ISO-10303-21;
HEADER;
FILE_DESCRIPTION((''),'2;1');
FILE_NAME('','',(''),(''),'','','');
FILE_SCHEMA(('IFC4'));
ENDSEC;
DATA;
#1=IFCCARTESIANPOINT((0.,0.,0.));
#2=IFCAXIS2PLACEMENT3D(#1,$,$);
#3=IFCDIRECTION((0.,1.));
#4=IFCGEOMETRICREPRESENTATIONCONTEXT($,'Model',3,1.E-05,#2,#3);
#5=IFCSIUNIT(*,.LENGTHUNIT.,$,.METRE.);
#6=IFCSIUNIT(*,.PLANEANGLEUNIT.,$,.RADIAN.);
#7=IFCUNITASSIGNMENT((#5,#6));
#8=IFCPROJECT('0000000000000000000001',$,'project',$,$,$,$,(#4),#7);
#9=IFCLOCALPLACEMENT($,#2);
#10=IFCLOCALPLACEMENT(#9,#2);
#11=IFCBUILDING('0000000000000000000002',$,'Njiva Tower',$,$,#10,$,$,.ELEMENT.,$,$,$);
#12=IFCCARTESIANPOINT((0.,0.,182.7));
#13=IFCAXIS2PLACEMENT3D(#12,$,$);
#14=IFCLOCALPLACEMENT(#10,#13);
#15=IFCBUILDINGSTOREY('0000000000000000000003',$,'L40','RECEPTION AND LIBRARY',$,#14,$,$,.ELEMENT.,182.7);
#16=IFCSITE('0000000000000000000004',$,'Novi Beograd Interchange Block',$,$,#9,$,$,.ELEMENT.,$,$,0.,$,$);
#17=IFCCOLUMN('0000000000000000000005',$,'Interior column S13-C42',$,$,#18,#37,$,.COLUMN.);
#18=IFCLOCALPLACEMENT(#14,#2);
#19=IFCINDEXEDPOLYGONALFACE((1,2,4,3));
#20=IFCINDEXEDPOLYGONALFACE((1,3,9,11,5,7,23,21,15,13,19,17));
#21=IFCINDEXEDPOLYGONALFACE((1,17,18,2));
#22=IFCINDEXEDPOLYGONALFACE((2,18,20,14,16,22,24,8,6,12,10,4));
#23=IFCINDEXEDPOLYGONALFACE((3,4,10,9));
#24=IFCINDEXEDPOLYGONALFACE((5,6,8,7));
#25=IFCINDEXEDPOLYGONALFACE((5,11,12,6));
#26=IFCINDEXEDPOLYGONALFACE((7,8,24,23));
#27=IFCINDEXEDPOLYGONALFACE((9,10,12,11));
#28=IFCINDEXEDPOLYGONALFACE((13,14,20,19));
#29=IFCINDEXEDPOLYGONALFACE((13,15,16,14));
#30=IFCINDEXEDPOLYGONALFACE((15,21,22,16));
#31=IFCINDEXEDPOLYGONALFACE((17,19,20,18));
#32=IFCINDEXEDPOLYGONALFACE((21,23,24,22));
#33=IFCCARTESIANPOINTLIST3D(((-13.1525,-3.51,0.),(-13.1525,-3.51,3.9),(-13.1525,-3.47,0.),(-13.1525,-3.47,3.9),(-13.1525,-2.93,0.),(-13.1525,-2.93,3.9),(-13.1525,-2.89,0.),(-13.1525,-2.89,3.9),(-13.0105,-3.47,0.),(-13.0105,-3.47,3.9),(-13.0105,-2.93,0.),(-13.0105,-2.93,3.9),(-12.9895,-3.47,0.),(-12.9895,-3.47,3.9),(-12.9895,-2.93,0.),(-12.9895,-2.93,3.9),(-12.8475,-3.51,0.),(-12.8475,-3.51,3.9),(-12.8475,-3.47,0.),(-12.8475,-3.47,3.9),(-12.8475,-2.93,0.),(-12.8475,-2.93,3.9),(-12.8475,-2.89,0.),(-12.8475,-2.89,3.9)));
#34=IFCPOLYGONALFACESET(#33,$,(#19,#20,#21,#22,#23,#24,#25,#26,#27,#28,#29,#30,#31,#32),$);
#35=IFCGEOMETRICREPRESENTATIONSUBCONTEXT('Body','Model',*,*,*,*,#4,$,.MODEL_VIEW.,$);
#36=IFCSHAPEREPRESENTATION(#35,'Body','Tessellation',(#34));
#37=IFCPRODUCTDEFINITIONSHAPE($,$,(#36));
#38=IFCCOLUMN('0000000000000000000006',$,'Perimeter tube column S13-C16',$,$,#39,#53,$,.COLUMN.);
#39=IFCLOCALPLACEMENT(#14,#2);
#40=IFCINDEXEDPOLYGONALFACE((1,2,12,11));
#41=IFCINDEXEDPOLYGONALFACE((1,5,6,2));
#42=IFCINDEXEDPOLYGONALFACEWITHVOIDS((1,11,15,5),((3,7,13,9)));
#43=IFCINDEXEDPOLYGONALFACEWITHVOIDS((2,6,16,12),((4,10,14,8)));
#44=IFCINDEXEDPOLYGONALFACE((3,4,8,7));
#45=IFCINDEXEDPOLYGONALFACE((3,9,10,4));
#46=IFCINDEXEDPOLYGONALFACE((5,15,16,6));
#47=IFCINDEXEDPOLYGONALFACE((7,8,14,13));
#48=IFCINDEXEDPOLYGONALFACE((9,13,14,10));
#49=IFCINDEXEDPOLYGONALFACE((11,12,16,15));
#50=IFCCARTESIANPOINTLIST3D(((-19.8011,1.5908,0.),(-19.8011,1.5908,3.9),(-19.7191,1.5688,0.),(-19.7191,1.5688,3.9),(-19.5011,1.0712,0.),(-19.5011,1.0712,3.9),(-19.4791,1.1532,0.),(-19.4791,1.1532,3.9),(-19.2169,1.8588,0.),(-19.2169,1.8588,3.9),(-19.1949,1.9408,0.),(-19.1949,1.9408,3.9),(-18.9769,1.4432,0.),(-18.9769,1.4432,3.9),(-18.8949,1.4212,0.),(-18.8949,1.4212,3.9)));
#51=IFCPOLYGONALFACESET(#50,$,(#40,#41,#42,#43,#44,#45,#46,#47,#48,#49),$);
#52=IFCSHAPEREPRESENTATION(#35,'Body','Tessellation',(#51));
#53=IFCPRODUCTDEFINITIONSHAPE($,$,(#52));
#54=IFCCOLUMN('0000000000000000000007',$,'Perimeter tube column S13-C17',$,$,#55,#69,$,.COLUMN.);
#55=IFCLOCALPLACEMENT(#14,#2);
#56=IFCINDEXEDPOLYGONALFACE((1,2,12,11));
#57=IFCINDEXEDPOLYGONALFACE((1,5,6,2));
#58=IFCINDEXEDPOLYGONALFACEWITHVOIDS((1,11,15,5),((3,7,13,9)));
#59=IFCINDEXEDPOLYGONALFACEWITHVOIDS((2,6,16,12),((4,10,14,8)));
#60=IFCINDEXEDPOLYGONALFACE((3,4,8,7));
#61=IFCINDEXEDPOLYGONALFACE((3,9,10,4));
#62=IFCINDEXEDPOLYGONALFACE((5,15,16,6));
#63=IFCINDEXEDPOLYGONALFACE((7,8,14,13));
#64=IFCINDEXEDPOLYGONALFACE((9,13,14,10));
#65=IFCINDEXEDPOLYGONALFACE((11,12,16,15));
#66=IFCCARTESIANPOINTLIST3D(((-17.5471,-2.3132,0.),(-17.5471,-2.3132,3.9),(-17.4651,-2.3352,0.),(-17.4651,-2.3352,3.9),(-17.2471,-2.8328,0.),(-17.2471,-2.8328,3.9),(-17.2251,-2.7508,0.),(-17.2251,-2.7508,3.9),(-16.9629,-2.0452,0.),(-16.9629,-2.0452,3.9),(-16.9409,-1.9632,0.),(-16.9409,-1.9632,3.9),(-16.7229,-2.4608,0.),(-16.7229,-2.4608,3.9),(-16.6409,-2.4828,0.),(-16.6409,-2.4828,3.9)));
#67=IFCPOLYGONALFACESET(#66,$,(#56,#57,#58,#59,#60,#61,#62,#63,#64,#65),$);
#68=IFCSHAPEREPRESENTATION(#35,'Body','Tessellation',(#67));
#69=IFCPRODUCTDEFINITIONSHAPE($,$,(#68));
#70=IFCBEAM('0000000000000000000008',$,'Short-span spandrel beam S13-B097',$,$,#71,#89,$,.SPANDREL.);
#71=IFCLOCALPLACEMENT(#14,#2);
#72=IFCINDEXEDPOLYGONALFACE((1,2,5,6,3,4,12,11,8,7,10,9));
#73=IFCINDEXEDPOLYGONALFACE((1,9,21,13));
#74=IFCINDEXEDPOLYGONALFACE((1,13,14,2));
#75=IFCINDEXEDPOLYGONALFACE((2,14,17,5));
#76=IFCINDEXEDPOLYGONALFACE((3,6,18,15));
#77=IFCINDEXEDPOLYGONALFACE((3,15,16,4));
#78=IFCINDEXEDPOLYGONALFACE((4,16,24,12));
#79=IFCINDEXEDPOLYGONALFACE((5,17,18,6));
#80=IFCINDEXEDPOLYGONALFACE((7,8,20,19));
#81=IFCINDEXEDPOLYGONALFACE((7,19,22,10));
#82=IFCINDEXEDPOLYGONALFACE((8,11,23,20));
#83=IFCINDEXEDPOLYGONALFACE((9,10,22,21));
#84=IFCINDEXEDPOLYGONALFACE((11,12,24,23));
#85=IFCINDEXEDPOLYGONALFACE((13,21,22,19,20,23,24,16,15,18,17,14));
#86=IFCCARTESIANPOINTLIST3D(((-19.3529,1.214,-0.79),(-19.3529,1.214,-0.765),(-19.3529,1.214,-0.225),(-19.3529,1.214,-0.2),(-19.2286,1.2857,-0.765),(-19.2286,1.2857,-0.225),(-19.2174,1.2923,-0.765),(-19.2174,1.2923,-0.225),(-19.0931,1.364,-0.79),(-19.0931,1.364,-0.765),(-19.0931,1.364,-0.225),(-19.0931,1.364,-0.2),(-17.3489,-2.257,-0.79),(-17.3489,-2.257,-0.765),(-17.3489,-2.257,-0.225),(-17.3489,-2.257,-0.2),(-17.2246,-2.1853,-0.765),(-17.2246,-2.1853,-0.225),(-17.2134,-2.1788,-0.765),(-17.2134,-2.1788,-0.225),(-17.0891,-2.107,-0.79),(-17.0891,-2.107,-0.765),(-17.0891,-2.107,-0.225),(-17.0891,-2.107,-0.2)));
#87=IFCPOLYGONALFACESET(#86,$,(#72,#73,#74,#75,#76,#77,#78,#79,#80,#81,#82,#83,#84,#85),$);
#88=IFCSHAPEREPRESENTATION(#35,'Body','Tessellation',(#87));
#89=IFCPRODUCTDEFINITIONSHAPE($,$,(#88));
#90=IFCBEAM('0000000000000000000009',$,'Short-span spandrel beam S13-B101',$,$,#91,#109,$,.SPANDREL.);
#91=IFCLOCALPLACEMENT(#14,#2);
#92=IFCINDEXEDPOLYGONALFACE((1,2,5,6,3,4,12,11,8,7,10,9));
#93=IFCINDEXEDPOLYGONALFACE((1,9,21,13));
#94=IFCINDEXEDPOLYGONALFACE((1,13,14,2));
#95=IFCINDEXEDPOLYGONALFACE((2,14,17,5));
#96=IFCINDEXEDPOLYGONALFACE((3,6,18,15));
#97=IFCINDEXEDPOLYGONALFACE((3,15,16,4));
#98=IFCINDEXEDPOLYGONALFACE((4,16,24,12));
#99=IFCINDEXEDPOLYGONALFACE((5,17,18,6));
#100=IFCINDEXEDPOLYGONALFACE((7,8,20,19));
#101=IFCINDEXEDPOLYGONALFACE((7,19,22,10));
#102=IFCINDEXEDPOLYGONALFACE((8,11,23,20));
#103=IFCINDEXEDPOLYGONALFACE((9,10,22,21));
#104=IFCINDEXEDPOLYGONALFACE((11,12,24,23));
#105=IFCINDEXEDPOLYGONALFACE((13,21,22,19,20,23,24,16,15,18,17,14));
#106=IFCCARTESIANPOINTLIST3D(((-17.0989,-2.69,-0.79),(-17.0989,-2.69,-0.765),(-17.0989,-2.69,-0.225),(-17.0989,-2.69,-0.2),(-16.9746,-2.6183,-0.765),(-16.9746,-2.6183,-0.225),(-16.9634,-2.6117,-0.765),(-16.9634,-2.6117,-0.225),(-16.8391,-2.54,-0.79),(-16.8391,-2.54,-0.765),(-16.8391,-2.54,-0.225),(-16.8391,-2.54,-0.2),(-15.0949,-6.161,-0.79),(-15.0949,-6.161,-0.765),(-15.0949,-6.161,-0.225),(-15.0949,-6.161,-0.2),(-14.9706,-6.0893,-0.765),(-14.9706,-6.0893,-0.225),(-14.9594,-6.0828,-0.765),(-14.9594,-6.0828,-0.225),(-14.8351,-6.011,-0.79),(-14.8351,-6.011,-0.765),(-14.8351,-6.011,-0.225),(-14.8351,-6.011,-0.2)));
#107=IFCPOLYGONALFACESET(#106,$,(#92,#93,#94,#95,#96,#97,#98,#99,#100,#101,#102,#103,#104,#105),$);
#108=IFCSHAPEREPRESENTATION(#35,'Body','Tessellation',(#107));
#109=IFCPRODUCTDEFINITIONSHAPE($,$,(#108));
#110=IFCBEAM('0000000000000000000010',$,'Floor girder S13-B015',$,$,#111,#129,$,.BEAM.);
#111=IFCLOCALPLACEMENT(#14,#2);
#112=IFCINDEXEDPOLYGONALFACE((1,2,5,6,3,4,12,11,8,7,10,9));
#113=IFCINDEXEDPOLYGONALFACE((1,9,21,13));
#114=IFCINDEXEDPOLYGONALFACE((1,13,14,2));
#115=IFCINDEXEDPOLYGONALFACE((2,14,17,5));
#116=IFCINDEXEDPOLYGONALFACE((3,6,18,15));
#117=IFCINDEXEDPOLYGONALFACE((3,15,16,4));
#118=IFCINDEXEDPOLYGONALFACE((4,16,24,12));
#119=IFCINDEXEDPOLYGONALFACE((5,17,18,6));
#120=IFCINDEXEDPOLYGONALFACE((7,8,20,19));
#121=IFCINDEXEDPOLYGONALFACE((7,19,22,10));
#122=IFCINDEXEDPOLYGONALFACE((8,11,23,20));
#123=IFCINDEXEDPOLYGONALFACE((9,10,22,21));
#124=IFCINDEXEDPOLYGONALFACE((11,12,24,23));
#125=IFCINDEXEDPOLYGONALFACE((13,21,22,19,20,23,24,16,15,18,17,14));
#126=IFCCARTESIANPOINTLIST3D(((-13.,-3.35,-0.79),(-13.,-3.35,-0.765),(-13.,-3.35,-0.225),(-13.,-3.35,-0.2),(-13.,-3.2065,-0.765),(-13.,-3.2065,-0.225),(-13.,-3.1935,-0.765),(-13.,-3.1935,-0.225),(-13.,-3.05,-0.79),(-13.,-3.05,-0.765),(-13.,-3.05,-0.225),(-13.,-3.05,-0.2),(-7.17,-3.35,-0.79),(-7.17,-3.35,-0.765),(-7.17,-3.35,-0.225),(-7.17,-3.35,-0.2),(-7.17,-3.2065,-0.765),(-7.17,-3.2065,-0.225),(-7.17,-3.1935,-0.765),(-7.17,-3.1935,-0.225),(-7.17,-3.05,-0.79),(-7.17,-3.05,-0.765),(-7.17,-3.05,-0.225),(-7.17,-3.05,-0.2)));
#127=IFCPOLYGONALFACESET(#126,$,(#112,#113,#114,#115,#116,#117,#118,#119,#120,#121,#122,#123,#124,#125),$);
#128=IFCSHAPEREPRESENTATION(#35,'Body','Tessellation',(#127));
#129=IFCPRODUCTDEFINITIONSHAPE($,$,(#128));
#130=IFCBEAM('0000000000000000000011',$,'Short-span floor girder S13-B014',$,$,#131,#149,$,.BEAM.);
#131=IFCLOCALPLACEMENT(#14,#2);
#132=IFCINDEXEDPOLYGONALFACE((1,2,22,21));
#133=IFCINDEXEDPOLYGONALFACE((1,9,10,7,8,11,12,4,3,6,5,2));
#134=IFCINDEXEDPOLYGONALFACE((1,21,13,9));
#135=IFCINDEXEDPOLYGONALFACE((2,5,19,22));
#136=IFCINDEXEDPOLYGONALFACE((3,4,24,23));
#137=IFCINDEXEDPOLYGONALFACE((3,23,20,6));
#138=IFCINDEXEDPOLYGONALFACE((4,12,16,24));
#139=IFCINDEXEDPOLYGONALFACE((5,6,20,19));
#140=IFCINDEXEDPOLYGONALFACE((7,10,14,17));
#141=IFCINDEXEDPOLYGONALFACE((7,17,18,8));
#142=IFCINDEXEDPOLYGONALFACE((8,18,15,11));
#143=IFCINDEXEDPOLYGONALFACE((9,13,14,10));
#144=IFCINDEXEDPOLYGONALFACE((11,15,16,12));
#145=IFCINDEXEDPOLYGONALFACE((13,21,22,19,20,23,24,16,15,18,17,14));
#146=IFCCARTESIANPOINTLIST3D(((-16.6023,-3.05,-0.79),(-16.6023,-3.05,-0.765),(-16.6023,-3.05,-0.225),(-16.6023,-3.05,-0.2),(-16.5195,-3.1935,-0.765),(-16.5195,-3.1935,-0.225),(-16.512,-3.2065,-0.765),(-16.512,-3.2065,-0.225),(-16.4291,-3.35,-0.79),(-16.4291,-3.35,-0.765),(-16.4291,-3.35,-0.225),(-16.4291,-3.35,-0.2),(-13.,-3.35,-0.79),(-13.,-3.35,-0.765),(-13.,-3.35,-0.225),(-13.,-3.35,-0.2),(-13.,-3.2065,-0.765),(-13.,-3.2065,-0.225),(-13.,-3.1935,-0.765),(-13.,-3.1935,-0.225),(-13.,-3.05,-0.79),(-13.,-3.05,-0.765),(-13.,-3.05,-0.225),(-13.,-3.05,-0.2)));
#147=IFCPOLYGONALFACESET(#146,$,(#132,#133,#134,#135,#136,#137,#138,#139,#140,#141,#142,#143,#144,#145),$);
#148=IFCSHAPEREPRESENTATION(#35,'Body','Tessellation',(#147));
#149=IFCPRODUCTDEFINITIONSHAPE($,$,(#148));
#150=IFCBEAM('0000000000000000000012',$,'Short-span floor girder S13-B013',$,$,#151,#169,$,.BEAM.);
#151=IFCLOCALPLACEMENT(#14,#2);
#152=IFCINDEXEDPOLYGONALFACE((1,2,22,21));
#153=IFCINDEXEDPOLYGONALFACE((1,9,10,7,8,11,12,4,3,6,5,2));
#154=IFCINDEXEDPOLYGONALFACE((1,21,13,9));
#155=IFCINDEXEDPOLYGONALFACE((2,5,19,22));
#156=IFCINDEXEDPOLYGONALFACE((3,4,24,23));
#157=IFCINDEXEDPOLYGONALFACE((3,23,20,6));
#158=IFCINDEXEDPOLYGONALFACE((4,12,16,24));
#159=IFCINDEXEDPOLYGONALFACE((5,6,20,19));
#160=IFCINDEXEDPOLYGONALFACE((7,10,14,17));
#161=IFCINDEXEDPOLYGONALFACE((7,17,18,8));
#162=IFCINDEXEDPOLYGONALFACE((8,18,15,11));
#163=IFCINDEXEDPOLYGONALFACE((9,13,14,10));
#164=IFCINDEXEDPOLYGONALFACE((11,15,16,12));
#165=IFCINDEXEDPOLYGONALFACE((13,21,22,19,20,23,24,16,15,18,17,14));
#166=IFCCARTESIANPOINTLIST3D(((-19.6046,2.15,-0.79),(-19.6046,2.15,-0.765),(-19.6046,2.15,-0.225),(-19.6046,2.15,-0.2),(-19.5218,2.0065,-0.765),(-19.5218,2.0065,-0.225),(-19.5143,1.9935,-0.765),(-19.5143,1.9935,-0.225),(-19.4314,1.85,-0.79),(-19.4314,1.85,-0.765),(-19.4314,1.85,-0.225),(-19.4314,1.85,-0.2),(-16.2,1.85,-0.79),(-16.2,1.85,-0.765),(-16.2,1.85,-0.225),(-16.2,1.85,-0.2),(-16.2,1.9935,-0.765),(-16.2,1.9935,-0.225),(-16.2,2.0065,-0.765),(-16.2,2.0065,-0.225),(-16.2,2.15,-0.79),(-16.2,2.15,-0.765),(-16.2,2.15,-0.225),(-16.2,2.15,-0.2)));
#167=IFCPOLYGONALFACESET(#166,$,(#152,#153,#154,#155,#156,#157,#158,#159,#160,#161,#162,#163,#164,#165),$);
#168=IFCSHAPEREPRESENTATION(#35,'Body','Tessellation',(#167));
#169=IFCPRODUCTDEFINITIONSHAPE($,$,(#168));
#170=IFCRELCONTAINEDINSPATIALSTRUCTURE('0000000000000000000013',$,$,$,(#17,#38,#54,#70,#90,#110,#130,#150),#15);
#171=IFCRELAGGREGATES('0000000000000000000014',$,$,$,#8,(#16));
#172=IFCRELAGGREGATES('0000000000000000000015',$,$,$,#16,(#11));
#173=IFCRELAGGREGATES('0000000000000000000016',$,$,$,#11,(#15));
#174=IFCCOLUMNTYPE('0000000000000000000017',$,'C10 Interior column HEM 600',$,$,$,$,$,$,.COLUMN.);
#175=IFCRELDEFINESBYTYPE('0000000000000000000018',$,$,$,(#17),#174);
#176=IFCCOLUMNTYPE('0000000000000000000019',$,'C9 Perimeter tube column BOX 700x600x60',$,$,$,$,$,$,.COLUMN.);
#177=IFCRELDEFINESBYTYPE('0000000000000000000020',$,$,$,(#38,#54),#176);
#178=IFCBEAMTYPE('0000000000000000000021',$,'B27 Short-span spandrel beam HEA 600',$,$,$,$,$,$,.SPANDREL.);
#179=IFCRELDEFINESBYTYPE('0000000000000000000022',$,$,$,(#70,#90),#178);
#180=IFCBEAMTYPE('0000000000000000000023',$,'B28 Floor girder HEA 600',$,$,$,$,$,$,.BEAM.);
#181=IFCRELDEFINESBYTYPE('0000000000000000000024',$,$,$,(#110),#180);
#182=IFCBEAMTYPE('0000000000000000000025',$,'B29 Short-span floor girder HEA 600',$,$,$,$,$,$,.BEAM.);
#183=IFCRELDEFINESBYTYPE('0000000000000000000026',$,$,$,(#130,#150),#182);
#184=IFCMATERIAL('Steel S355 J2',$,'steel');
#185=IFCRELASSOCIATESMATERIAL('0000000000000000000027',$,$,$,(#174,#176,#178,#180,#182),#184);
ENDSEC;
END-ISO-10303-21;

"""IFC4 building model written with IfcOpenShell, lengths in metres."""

from ifc_helpers import new_model, si_unit, direction, frame, origin, origin_2d, place, context, subcontext, project, spatial, hollow_rectangle, i_section, extrude, clip, halfspace, material, material_profile, profile_set, type_object, element, save


model = new_model("IFC4")

# Units and contexts
model_context = context("Model", 3, precision=1e-05, world=origin(), true_north=direction((0.0, 1.0)))
body_context = subcontext(model_context, "Body", "Model", "MODEL_VIEW")
ifc_project = project(units=[si_unit("LENGTHUNIT", "METRE"), si_unit("PLANEANGLEUNIT", "RADIAN")], contexts=[model_context])

# Site, building, storey
site_placement = place(None, origin())
site = spatial("IfcSite", under=ifc_project, at=site_placement, Name="Novi Beograd Interchange Block", CompositionType="ELEMENT", RefElevation=0.0)
building_placement = place(site_placement, origin())
building = spatial("IfcBuilding", under=site, at=building_placement, Name="Njiva Tower", CompositionType="ELEMENT")
storey_placement = place(building_placement, frame((0.0, 0.0, 182.7)))
storey = spatial("IfcBuildingStorey", under=building, at=storey_placement, Name="L40", Description="RECEPTION AND LIBRARY", CompositionType="ELEMENT", Elevation=182.7)

# Columns
ifc_material_1 = material(Name="Steel S355 J2", Category="steel")
ifc_material_profile_1 = material_profile(ifc_material_1, i_section(OverallWidth=0.305, OverallDepth=0.62, WebThickness=0.021, FlangeThickness=0.04, at=origin_2d()), Name="HEM 600")
ifc_profile_set_1 = profile_set([ifc_material_profile_1], Name="Steel S355 J2")
column_type_1 = type_object("IfcColumnType", Name="C10 Interior column HEM 600", PredefinedType="COLUMN", material=ifc_profile_set_1)
column_placement = place(storey_placement, frame((-13.0, -3.2, 0.0), z_axis=(0.0, 0.0, 1.0), x_axis=(1.0, 0.0, 0.0)))
element("IfcColumn", 1, at=column_placement, inside=storey, type_object=column_type_1, Name="Interior column S13-C42", PredefinedType="COLUMN", context=body_context, shape_type="SweptSolid", body=[
    extrude(i_section(OverallWidth=0.305, OverallDepth=0.62, WebThickness=0.021, FlangeThickness=0.04, at=origin_2d()), origin(), (0.0, 0.0, 1.0), 3.9),
])
ifc_material_profile_2 = material_profile(ifc_material_1, hollow_rectangle(XDim=0.6, YDim=0.7, WallThickness=0.06, at=origin_2d()), Name="BOX 700x600x60")
ifc_profile_set_2 = profile_set([ifc_material_profile_2], Name="Steel S355 J2")
column_type_2 = type_object("IfcColumnType", Name="C9 Perimeter tube column BOX 700x600x60", PredefinedType="COLUMN", material=ifc_profile_set_2)
for number, where, z_axis, x_axis, name in (
    (2, (-19.348, 1.506, 0.0), (0.0, 0.0, 1.0), (0.5, -0.866025, 0.0), "Perimeter tube column S13-C16"),
    (3, (-17.094, -2.398, 0.0), (0.0, 0.0, 1.0), (0.5, -0.866025, 0.0), "Perimeter tube column S13-C17"),
):
    element("IfcColumn", number, at=place(storey_placement, frame(where, z_axis=z_axis, x_axis=x_axis)), inside=storey, type_object=column_type_2, Name=name, PredefinedType="COLUMN", context=body_context, shape_type="SweptSolid", body=[
        extrude(hollow_rectangle(XDim=0.6, YDim=0.7, WallThickness=0.06, at=origin_2d()), origin(), (0.0, 0.0, 1.0), 3.9),
    ])

# Beams
ifc_material_profile_3 = material_profile(ifc_material_1, i_section(OverallWidth=0.3, OverallDepth=0.59, WebThickness=0.013, FlangeThickness=0.025, at=origin_2d()), Name="HEA 600")
ifc_profile_set_3 = profile_set([ifc_material_profile_3], Name="Steel S355 J2")
beam_type_1 = type_object("IfcBeamType", Name="B27 Short-span spandrel beam HEA 600", PredefinedType="SPANDREL", material=ifc_profile_set_3)
for number, where, z_axis, x_axis, name in (
    (4, (-19.223, 1.289, -0.495), (0.500003, -0.866024, 0.0), (0.866024, 0.500003, 0.0), "Short-span spandrel beam S13-B097"),
    (5, (-16.969, -2.615, -0.495), (0.500003, -0.866024, 0.0), (0.866024, 0.500003, 0.0), "Short-span spandrel beam S13-B101"),
):
    element("IfcBeam", number, at=place(storey_placement, frame(where, z_axis=z_axis, x_axis=x_axis)), inside=storey, type_object=beam_type_1, Name=name, PredefinedType="SPANDREL", context=body_context, shape_type="SweptSolid", body=[
        extrude(i_section(OverallWidth=0.3, OverallDepth=0.59, WebThickness=0.013, FlangeThickness=0.025, at=origin_2d()), origin(), (0.0, 0.0, 1.0), 4.008),
    ])
ifc_material_profile_4 = material_profile(ifc_material_1, i_section(OverallWidth=0.3, OverallDepth=0.59, WebThickness=0.013, FlangeThickness=0.025, at=origin_2d()), Name="HEA 600")
ifc_profile_set_4 = profile_set([ifc_material_profile_4], Name="Steel S355 J2")
beam_type_2 = type_object("IfcBeamType", Name="B28 Floor girder HEA 600", PredefinedType="BEAM", material=ifc_profile_set_4)
beam_1_placement = place(storey_placement, frame((-13.0, -3.2, -0.495), z_axis=(1.0, 0.0, 0.0), x_axis=(0.0, 1.0, 0.0)))
element("IfcBeam", 6, at=beam_1_placement, inside=storey, type_object=beam_type_2, Name="Floor girder S13-B015", PredefinedType="BEAM", context=body_context, shape_type="SweptSolid", body=[
    extrude(i_section(OverallWidth=0.3, OverallDepth=0.59, WebThickness=0.013, FlangeThickness=0.025, at=origin_2d()), origin(), (0.0, 0.0, 1.0), 5.83),
])
ifc_material_profile_5 = material_profile(ifc_material_1, i_section(OverallWidth=0.3, OverallDepth=0.59, WebThickness=0.013, FlangeThickness=0.025, at=origin_2d()), Name="HEA 600")
ifc_profile_set_5 = profile_set([ifc_material_profile_5], Name="Steel S355 J2")
beam_type_3 = type_object("IfcBeamType", Name="B29 Short-span floor girder HEA 600", PredefinedType="BEAM", material=ifc_profile_set_5)
beam_2_placement = place(storey_placement, frame((-16.623, -3.2, -0.495), z_axis=(1.0, 0.0, 0.0), x_axis=(0.0, 1.0, 0.0)))
element("IfcBeam", 7, at=beam_2_placement, inside=storey, type_object=beam_type_3, Name="Short-span floor girder S13-B014", PredefinedType="BEAM", context=body_context, shape_type="Clipping", body=[
    clip(extrude(i_section(OverallWidth=0.3, OverallDepth=0.59, WebThickness=0.013, FlangeThickness=0.025, at=origin_2d()), origin(), (0.0, 0.0, 1.0), 3.623), halfspace(frame((-0.025, 0.0, 0.1217), z_axis=(-0.499998, 0.0, -0.866027), x_axis=(0.0, -1.0, 0.0)), False)),
])
beam_3_placement = place(storey_placement, frame((-19.625, 2.0, -0.495), z_axis=(1.0, 0.0, 0.0), x_axis=(0.0, 1.0, 0.0)))
element("IfcBeam", 8, at=beam_3_placement, inside=storey, type_object=beam_type_3, Name="Short-span floor girder S13-B013", PredefinedType="BEAM", context=body_context, shape_type="Clipping", body=[
    clip(extrude(i_section(OverallWidth=0.3, OverallDepth=0.59, WebThickness=0.013, FlangeThickness=0.025, at=origin_2d()), origin(), (0.0, 0.0, 1.0), 3.425), halfspace(frame((-0.025, 0.0, 0.1214), z_axis=(-0.499998, 0.0, -0.866027), x_axis=(0.0, -1.0, 0.0)), False)),
])

save(model, "model.ifc")
